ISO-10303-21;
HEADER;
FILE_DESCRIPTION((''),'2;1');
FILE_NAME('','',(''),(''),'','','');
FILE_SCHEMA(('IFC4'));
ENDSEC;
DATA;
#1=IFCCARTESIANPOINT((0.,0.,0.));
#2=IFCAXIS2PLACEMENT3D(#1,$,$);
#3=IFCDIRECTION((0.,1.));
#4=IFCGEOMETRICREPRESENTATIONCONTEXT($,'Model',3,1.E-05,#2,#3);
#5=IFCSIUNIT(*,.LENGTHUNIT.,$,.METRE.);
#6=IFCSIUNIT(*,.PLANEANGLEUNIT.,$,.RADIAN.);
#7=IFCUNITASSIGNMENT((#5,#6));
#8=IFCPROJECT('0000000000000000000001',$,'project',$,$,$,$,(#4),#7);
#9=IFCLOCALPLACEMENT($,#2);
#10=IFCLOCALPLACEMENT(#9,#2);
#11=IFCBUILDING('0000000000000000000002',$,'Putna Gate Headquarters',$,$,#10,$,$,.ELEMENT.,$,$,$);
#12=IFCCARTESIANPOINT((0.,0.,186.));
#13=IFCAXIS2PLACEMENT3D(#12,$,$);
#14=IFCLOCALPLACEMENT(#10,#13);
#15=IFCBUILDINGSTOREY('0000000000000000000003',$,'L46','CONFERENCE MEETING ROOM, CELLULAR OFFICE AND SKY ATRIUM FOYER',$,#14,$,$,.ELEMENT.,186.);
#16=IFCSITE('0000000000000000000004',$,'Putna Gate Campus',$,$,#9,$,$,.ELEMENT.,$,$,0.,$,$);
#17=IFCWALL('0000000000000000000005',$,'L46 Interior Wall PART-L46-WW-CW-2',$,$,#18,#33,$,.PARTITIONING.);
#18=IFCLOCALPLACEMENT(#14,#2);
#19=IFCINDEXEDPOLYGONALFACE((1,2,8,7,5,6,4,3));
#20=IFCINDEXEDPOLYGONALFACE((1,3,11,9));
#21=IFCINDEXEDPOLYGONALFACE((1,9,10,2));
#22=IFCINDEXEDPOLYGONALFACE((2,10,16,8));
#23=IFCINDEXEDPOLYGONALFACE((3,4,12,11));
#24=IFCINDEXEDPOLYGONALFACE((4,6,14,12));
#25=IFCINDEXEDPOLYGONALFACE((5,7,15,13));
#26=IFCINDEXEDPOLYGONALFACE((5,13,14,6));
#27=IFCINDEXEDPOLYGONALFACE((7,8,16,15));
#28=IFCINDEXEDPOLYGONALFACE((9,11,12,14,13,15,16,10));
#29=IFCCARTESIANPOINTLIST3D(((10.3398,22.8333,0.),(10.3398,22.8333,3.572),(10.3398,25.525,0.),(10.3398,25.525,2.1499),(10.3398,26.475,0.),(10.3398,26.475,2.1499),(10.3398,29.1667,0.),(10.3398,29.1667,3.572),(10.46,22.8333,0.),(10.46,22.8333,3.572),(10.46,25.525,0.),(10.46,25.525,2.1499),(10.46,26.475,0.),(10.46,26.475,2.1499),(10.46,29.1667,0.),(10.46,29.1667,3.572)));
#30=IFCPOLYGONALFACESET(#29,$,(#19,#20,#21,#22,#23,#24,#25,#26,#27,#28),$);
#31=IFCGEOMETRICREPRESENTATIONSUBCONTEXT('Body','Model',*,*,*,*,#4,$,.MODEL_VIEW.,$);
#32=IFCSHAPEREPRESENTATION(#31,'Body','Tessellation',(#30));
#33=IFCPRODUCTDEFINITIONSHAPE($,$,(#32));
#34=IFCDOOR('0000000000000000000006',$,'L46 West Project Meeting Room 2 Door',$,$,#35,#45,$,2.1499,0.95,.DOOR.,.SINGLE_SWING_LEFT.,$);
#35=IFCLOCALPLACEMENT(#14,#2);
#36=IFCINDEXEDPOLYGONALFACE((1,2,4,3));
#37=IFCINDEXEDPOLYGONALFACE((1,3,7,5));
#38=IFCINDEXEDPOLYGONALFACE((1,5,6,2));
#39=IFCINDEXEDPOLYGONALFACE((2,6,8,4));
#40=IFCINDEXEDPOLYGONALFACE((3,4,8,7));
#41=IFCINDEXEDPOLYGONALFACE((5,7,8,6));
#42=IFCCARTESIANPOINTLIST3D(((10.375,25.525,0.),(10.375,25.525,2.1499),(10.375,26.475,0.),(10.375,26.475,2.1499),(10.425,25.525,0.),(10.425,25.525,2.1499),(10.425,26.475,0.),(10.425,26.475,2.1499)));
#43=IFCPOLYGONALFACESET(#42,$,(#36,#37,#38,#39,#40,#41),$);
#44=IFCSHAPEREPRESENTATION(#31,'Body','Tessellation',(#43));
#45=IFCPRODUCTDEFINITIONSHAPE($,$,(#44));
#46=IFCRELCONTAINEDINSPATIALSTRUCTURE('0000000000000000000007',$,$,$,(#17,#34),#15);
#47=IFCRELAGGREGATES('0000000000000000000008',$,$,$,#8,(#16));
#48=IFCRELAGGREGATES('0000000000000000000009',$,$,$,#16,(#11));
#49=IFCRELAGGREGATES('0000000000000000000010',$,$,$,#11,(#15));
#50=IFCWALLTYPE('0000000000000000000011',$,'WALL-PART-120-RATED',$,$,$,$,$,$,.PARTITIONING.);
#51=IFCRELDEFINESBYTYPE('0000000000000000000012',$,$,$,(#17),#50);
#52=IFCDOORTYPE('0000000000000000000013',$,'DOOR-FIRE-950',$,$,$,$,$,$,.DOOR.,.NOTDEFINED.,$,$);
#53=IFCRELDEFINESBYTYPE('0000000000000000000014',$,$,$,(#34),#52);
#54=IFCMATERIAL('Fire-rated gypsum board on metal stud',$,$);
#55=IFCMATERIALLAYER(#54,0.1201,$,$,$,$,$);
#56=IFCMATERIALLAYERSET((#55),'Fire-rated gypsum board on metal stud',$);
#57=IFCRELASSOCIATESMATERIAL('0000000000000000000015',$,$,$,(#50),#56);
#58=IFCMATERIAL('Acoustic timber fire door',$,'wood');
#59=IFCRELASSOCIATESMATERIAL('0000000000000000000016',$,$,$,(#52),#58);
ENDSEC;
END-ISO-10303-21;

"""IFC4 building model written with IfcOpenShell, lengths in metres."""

from ifc_helpers import new_model, si_unit, direction, frame, frame_2d, origin, place, context, subcontext, project, spatial, rectangle, extrude, material, layer, layer_set, type_object, element, fill, save


model = new_model("IFC4")

# Units and contexts
model_context = context("Model", 3, precision=1e-05, world=origin(), true_north=direction((0.0, 1.0)))
body_context = subcontext(model_context, "Body", "Model", "MODEL_VIEW")
ifc_project = project(units=[si_unit("LENGTHUNIT", "METRE"), si_unit("PLANEANGLEUNIT", "RADIAN")], contexts=[model_context])

# Site, building, storey
site_placement = place(None, origin())
site = spatial("IfcSite", under=ifc_project, at=site_placement, Name="Putna Gate Campus", CompositionType="ELEMENT", RefElevation=0.0)
building_placement = place(site_placement, origin())
building = spatial("IfcBuilding", under=site, at=building_placement, Name="Putna Gate Headquarters", CompositionType="ELEMENT")
storey_placement = place(building_placement, frame((0.0, 0.0, 186.0)))
storey = spatial("IfcBuildingStorey", under=building, at=storey_placement, Name="L46", Description="CONFERENCE MEETING ROOM, CELLULAR OFFICE AND SKY ATRIUM FOYER", CompositionType="ELEMENT", Elevation=186.0)

# Wall, opening, door
ifc_material_1 = material(Name="Fire-rated gypsum board on metal stud")
ifc_layer_1 = layer(ifc_material_1, 0.1201)
ifc_layer_set_1 = layer_set([ifc_layer_1], Name="Fire-rated gypsum board on metal stud")
wall_type_1 = type_object("IfcWallType", Name="WALL-PART-120-RATED", PredefinedType="PARTITIONING", material=ifc_layer_set_1)
ifc_material_2 = material(Name="Acoustic timber fire door", Category="wood")
door_type = type_object("IfcDoorType", Name="DOOR-FIRE-950", OperationType="NOTDEFINED", PredefinedType="DOOR", material=ifc_material_2)
wall_1_placement = place(storey_placement, frame((10.3999, 22.8333, 0.0), z_axis=(0.0, 0.0, 1.0), x_axis=(0.0, 1.0, 0.0)))
wall_1 = element("IfcWall", 1, at=wall_1_placement, inside=storey, type_object=wall_type_1, Name="L46 Interior Wall PART-L46-WW-CW-2", PredefinedType="PARTITIONING", context=body_context, shape_type="SweptSolid", body=[
    extrude(rectangle(XDim=6.3335, YDim=0.1201, at=frame_2d((3.1667, 0.0))), origin(), (0.0, 0.0, 1.0), 3.572),
])
opening_1_placement = place(wall_1_placement, frame((2.6917, 0.0, 0.0)))
opening_1 = element("IfcOpeningElement", 2, at=opening_1_placement, cuts=wall_1, PredefinedType="OPENING", context=body_context, shape_type="SweptSolid", body=[
    extrude(rectangle(XDim=0.95, YDim=2.1499, at=frame_2d((0.4751, 1.075))), frame((0.0, 0.0701, 0.0), z_axis=(0.0, -1.0, 0.0), x_axis=(1.0, 0.0, 0.0)), (0.0, 0.0, 1.0), 0.1401),
])
door_1_placement = place(opening_1_placement, origin())
door_1 = element("IfcDoor", 3, at=door_1_placement, inside=storey, type_object=door_type, Name="L46 West Project Meeting Room 2 Door", OperationType="SINGLE_SWING_LEFT", OverallHeight=2.1499, OverallWidth=0.95, PredefinedType="DOOR", context=body_context, shape_type="SweptSolid", body=[
    extrude(rectangle(XDim=0.95, YDim=2.1499, at=frame_2d((0.4751, 1.075))), frame((0.0, 0.0249, 0.0), z_axis=(0.0, -1.0, 0.0), x_axis=(1.0, 0.0, 0.0)), (0.0, 0.0, 1.0), 0.05),
])
fill(opening_1, door_1)

save(model, "model.ifc")
